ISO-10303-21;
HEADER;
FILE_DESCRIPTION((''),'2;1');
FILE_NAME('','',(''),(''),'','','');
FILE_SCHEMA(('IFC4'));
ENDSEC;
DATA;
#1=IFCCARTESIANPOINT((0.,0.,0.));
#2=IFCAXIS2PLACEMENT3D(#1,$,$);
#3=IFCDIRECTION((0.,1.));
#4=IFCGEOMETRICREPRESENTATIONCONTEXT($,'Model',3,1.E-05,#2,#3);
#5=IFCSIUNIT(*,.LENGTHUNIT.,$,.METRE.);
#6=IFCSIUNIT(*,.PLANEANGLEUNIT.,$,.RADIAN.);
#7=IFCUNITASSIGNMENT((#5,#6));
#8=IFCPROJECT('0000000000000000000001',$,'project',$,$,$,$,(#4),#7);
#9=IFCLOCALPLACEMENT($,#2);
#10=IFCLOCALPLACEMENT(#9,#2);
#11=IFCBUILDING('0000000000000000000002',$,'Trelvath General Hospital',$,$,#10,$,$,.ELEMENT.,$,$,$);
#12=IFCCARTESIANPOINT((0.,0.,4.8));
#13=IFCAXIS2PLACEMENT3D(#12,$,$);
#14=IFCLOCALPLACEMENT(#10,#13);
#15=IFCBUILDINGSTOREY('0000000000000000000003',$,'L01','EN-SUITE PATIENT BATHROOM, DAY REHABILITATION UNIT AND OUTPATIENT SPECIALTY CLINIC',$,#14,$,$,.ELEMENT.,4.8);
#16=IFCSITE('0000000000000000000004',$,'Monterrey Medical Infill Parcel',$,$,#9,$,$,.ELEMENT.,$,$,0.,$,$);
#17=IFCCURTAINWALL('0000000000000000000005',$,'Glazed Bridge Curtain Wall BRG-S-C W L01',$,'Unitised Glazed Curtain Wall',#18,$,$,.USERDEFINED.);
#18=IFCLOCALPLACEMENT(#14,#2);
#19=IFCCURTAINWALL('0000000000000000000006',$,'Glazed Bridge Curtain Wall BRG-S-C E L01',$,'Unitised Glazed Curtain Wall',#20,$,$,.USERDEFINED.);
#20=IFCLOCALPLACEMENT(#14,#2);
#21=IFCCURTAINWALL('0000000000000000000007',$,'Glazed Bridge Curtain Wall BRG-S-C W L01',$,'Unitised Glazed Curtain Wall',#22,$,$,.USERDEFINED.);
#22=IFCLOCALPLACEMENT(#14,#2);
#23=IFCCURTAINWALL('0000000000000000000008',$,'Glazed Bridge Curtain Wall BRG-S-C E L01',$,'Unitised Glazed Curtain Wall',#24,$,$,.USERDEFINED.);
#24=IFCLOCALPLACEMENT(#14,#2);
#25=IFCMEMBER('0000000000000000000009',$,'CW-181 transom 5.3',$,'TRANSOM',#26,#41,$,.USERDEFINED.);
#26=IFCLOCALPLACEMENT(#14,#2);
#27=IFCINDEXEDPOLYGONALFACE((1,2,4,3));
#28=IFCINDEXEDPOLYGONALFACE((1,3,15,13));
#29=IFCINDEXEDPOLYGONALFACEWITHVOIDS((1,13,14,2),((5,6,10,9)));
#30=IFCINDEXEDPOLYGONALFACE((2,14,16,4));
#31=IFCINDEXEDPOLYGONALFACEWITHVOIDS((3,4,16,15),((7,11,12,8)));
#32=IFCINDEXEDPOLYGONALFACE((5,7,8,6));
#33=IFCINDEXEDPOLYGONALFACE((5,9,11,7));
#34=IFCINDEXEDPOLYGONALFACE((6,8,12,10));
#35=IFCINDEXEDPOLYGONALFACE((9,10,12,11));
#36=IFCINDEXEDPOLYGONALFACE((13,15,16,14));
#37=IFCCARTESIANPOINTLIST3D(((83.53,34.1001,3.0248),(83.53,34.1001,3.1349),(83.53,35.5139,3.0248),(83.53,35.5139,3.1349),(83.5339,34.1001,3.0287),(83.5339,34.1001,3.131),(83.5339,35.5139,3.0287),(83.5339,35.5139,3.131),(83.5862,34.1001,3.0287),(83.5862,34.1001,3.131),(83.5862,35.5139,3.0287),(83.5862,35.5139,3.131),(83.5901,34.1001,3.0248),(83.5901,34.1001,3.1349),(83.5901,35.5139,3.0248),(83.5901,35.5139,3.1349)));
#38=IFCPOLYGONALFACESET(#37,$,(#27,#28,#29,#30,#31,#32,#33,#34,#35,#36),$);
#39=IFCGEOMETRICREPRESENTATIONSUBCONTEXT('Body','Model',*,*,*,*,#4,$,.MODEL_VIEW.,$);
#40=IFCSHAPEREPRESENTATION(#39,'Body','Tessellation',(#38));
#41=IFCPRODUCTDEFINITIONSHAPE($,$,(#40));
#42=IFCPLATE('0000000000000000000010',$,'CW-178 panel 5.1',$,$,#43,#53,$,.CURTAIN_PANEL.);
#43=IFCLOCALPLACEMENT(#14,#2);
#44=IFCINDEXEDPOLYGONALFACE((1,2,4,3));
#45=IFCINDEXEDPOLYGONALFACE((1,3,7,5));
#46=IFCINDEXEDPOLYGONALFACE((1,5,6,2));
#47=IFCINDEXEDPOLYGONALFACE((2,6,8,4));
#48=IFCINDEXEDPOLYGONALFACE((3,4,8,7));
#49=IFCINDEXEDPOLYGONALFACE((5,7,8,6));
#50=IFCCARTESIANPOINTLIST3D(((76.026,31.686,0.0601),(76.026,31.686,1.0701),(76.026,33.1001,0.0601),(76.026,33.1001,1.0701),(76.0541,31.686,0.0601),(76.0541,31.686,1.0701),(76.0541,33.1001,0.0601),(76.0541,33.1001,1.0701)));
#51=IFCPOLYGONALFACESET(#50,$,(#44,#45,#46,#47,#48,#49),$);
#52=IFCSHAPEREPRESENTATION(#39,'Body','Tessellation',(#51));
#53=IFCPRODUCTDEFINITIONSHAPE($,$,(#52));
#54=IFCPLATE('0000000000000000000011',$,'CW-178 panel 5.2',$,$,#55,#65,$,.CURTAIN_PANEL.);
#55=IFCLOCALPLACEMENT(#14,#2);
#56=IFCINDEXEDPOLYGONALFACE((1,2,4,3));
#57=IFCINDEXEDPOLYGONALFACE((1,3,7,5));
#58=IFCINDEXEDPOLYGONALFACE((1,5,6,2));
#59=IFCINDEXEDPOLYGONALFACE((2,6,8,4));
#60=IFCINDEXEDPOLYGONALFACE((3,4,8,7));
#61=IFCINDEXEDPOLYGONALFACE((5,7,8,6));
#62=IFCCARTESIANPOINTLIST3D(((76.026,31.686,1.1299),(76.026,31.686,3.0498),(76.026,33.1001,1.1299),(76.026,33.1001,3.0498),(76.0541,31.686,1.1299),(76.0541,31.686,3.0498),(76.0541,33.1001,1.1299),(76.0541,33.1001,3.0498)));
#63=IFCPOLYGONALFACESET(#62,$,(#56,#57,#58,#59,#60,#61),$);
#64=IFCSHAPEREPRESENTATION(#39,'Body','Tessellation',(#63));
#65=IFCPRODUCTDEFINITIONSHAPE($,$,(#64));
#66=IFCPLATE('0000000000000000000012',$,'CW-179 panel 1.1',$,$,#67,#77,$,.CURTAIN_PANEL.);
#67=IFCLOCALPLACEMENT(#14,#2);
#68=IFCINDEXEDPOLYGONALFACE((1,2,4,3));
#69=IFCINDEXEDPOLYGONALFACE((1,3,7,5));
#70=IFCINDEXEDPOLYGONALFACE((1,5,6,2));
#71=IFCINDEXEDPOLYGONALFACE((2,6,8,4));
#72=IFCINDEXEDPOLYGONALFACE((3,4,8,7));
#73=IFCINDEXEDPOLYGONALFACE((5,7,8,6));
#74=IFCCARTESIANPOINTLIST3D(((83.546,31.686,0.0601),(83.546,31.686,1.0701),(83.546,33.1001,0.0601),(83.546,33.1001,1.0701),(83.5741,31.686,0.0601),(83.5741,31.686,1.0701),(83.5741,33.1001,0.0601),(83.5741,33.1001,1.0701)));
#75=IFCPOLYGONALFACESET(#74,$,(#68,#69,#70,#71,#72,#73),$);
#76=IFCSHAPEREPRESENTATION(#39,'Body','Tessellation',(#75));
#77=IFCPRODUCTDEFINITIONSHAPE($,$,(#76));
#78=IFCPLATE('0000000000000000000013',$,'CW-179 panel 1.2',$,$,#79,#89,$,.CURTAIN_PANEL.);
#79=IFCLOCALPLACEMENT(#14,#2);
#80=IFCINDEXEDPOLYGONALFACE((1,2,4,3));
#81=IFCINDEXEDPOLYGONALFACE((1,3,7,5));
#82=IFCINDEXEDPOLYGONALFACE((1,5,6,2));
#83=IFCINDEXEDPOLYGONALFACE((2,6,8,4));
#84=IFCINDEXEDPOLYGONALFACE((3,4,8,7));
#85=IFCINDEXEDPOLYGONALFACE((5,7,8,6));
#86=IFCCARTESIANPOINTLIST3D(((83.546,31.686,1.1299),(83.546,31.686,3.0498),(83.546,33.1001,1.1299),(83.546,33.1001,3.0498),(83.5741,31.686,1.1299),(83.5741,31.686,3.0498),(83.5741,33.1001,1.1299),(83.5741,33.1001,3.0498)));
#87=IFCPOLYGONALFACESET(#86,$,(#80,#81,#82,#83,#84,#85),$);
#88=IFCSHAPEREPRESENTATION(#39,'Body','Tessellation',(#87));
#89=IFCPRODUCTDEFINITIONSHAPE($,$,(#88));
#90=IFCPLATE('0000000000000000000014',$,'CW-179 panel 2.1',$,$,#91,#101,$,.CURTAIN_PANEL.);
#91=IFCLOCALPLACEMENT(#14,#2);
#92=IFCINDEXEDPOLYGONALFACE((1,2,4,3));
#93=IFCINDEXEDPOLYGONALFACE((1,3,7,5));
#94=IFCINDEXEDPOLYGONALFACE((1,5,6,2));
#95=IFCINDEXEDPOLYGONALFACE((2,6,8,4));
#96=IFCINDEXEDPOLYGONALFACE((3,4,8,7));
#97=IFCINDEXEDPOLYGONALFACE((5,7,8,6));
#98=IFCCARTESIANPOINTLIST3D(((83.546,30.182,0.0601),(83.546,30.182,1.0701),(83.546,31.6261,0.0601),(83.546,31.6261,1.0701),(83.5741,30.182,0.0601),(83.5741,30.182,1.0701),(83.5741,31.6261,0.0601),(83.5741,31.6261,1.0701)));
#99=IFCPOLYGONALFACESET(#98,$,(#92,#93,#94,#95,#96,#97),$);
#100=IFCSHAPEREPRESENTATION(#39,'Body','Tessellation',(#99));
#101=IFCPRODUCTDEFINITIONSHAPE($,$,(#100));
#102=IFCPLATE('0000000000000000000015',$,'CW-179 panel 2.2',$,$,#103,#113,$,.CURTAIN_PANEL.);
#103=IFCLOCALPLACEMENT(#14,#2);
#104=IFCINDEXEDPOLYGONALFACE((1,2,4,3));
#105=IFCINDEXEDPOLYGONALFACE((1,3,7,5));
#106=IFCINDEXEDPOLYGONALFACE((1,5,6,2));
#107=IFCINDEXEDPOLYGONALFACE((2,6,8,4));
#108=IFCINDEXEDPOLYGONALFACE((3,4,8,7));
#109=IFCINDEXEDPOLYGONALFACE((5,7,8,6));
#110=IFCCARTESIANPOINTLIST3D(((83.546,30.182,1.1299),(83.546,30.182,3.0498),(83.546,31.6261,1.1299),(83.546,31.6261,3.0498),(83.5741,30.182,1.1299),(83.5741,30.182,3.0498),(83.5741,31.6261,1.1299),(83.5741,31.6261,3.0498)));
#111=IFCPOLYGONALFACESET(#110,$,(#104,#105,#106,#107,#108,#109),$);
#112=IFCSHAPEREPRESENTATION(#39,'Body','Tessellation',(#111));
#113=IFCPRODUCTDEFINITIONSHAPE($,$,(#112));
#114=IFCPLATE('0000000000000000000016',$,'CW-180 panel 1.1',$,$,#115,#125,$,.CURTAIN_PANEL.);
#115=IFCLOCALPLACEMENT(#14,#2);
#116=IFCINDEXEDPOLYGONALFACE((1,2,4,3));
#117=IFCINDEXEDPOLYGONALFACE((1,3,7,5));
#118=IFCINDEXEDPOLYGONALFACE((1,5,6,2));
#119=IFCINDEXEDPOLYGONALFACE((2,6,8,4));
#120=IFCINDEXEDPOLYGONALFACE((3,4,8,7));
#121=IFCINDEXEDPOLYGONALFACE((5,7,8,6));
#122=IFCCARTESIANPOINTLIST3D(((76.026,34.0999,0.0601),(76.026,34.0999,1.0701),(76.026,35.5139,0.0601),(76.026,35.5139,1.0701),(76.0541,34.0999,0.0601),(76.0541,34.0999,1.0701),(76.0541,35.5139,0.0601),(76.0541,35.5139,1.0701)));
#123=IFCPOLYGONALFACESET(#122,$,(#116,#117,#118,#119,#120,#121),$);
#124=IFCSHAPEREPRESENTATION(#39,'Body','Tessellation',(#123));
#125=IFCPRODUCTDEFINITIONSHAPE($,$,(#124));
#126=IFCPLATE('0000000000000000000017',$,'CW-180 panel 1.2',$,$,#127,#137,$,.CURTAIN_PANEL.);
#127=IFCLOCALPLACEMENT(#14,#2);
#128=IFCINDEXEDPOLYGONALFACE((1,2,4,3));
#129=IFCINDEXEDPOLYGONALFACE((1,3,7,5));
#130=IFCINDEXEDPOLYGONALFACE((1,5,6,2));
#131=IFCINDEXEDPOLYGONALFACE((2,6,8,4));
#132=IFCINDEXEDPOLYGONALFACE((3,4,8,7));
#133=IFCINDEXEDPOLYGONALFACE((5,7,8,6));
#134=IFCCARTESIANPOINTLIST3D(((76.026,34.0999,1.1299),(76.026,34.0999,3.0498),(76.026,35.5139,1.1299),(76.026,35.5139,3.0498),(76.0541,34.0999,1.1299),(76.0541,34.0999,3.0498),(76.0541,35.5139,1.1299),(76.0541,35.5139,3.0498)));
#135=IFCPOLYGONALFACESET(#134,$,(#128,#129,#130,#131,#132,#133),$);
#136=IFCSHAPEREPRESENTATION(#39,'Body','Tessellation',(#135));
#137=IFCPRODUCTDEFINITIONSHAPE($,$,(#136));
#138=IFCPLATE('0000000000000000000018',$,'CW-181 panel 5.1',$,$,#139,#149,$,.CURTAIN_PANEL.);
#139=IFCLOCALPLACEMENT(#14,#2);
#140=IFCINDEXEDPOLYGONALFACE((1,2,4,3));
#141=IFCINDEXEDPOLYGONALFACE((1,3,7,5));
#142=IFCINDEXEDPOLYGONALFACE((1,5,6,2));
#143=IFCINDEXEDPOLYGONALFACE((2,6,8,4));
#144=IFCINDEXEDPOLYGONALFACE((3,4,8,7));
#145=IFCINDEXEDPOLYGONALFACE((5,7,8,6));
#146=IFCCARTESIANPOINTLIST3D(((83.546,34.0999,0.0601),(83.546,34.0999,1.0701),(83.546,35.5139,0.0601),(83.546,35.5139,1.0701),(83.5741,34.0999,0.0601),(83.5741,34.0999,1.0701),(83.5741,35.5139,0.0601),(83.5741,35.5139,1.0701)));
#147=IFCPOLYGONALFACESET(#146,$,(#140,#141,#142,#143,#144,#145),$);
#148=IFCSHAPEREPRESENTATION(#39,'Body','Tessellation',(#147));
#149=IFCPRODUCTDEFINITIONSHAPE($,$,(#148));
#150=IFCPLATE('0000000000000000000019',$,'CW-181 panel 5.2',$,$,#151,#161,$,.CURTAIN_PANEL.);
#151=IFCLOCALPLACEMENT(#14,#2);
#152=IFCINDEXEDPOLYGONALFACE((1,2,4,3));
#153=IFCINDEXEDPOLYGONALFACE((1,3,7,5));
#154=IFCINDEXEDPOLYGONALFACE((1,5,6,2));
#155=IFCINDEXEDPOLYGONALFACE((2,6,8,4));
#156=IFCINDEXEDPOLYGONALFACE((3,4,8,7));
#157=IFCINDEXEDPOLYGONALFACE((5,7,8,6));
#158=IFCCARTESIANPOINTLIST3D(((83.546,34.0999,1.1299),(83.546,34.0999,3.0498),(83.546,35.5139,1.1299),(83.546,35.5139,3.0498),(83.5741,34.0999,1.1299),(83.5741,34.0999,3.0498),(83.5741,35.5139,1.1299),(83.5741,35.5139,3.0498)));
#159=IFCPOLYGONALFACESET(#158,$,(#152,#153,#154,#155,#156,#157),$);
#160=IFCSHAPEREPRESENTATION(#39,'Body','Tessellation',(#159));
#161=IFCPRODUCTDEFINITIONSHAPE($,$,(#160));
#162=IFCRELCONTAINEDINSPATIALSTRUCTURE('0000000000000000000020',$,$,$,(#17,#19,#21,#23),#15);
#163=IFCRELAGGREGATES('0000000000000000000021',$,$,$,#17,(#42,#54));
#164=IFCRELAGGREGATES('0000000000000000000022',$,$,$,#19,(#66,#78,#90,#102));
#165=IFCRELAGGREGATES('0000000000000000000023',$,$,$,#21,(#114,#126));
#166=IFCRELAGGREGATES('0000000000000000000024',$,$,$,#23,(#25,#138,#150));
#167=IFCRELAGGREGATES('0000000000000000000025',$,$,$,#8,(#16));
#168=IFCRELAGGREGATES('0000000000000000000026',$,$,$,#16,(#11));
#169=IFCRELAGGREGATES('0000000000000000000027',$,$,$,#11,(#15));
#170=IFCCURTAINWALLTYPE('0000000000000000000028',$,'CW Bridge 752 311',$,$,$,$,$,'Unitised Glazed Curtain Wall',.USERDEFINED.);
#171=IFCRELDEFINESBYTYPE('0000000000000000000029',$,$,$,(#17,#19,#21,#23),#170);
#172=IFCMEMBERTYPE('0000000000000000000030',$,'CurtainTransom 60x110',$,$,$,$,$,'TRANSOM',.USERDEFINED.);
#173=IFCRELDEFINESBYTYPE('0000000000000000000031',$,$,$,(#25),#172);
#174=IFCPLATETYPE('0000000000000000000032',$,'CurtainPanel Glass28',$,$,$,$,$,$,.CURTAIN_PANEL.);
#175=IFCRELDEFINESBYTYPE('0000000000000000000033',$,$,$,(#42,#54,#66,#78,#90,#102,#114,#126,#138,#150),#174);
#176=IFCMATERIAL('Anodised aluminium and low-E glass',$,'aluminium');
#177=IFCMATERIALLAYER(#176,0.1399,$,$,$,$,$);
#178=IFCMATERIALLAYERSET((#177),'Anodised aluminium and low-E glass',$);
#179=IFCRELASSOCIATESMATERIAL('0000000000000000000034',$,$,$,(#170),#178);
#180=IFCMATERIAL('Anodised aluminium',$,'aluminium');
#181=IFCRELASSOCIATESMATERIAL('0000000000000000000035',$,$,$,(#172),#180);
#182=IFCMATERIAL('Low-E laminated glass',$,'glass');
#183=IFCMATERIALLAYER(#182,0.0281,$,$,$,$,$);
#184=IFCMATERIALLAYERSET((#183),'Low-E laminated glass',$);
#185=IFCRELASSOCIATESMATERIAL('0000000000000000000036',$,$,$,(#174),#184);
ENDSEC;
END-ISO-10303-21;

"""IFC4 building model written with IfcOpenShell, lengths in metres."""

from ifc_helpers import new_model, si_unit, direction, frame, origin, origin_2d, place, context, subcontext, project, spatial, rectangle, hollow_rectangle, extrude, material, layer, layer_set, material_profile, profile_set, type_object, element, aggregate, save


model = new_model("IFC4")

# Units and contexts
model_context = context("Model", 3, precision=1e-05, world=origin(), true_north=direction((0.0, 1.0)))
body_context = subcontext(model_context, "Body", "Model", "MODEL_VIEW")
ifc_project = project(units=[si_unit("LENGTHUNIT", "METRE"), si_unit("PLANEANGLEUNIT", "RADIAN")], contexts=[model_context])

# Site, building, storey
site_placement = place(None, origin())
site = spatial("IfcSite", under=ifc_project, at=site_placement, Name="Monterrey Medical Infill Parcel", CompositionType="ELEMENT", RefElevation=0.0)
building_placement = place(site_placement, origin())
building = spatial("IfcBuilding", under=site, at=building_placement, Name="Trelvath General Hospital", CompositionType="ELEMENT")
storey_placement = place(building_placement, frame((0.0, 0.0, 4.8)))
storey = spatial("IfcBuildingStorey", under=building, at=storey_placement, Name="L01", Description="EN-SUITE PATIENT BATHROOM, DAY REHABILITATION UNIT AND OUTPATIENT SPECIALTY CLINIC", CompositionType="ELEMENT", Elevation=4.8)

# Curtain wall
ifc_material_1 = material(Name="Anodised aluminium and low-E glass", Category="aluminium")
ifc_layer_1 = layer(ifc_material_1, 0.1399)
ifc_layer_set_1 = layer_set([ifc_layer_1], Name="Anodised aluminium and low-E glass")
curtain_wall_type = type_object("IfcCurtainWallType", Name="CW Bridge 752 311", ElementType="Unitised Glazed Curtain Wall", PredefinedType="USERDEFINED", material=ifc_layer_set_1)
curtain_wall_1_placement = place(storey_placement, origin())
curtain_wall_1 = element("IfcCurtainWall", 1, at=curtain_wall_1_placement, inside=storey, type_object=curtain_wall_type, Name="Glazed Bridge Curtain Wall BRG-S-C W L01", ObjectType="Unitised Glazed Curtain Wall", PredefinedType="USERDEFINED")

# Curtain walls
curtain_wall_2_placement = place(storey_placement, origin())
curtain_wall_2 = element("IfcCurtainWall", 2, at=curtain_wall_2_placement, inside=storey, type_object=curtain_wall_type, Name="Glazed Bridge Curtain Wall BRG-S-C E L01", ObjectType="Unitised Glazed Curtain Wall", PredefinedType="USERDEFINED")
curtain_wall_3_placement = place(storey_placement, origin())
curtain_wall_3 = element("IfcCurtainWall", 3, at=curtain_wall_3_placement, inside=storey, type_object=curtain_wall_type, Name="Glazed Bridge Curtain Wall BRG-S-C W L01", ObjectType="Unitised Glazed Curtain Wall", PredefinedType="USERDEFINED")
curtain_wall_4_placement = place(storey_placement, origin())
curtain_wall_4 = element("IfcCurtainWall", 4, at=curtain_wall_4_placement, inside=storey, type_object=curtain_wall_type, Name="Glazed Bridge Curtain Wall BRG-S-C E L01", ObjectType="Unitised Glazed Curtain Wall", PredefinedType="USERDEFINED")

# Member
ifc_material_2 = material(Name="Anodised aluminium", Category="aluminium")
ifc_material_profile_1 = material_profile(ifc_material_2, hollow_rectangle(XDim=0.0601, YDim=0.1101, WallThickness=0.0039, at=origin_2d()), Name="RHS60x110x4")
ifc_profile_set_1 = profile_set([ifc_material_profile_1], Name="Anodised aluminium")
member_type_1 = type_object("IfcMemberType", Name="CurtainTransom 60x110", ElementType="TRANSOM", PredefinedType="USERDEFINED", material=ifc_profile_set_1)
member_1_placement = place(storey_placement, frame((83.5601, 35.5139, 3.0798), z_axis=(0.0, -1.0, 0.0), x_axis=(1.0, 0.0, 0.0)))
member_1 = element("IfcMember", 5, at=member_1_placement, type_object=member_type_1, Name="CW-181 transom 5.3", ObjectType="TRANSOM", PredefinedType="USERDEFINED", context=body_context, shape_type="SweptSolid", body=[
    extrude(hollow_rectangle(XDim=0.0601, YDim=0.1101, WallThickness=0.0039, at=origin_2d()), origin(), (0.0, 0.0, 1.0), 1.4138),
])

# Plates
ifc_material_3 = material(Name="Low-E laminated glass", Category="glass")
ifc_layer_2 = layer(ifc_material_3, 0.0281)
ifc_layer_set_2 = layer_set([ifc_layer_2], Name="Low-E laminated glass")
plate_type = type_object("IfcPlateType", Name="CurtainPanel Glass28", PredefinedType="CURTAIN_PANEL", material=ifc_layer_set_2)
plate_1_placement = place(storey_placement, frame((76.04, 32.3931, 0.0601), z_axis=(0.0, 0.0, 1.0), x_axis=(0.0, 1.0, 0.0)))
plate_1 = element("IfcPlate", 6, at=plate_1_placement, type_object=plate_type, Name="CW-178 panel 5.1", PredefinedType="CURTAIN_PANEL", context=body_context, shape_type="SweptSolid", body=[
    extrude(rectangle(XDim=1.4141, YDim=0.0281, at=origin_2d()), origin(), (0.0, 0.0, 1.0), 1.01),
])
plate_2_placement = place(storey_placement, frame((76.04, 32.3931, 1.1299), z_axis=(0.0, 0.0, 1.0), x_axis=(0.0, 1.0, 0.0)))
plate_2 = element("IfcPlate", 7, at=plate_2_placement, type_object=plate_type, Name="CW-178 panel 5.2", PredefinedType="CURTAIN_PANEL", context=body_context, shape_type="SweptSolid", body=[
    extrude(rectangle(XDim=1.4141, YDim=0.0281, at=origin_2d()), origin(), (0.0, 0.0, 1.0), 1.9199),
])
aggregate(curtain_wall_1, [plate_1, plate_2])
plate_3_placement = place(storey_placement, frame((83.5601, 32.3931, 0.0601), z_axis=(0.0, 0.0, 1.0), x_axis=(0.0, -1.0, 0.0)))
plate_3 = element("IfcPlate", 8, at=plate_3_placement, type_object=plate_type, Name="CW-179 panel 1.1", PredefinedType="CURTAIN_PANEL", context=body_context, shape_type="SweptSolid", body=[
    extrude(rectangle(XDim=1.4141, YDim=0.0281, at=origin_2d()), origin(), (0.0, 0.0, 1.0), 1.01),
])
plate_4_placement = place(storey_placement, frame((83.5601, 32.3931, 1.1299), z_axis=(0.0, 0.0, 1.0), x_axis=(0.0, -1.0, 0.0)))
plate_4 = element("IfcPlate", 9, at=plate_4_placement, type_object=plate_type, Name="CW-179 panel 1.2", PredefinedType="CURTAIN_PANEL", context=body_context, shape_type="SweptSolid", body=[
    extrude(rectangle(XDim=1.4141, YDim=0.0281, at=origin_2d()), origin(), (0.0, 0.0, 1.0), 1.9199),
])
plate_5_placement = place(storey_placement, frame((83.5601, 30.9041, 0.0601), z_axis=(0.0, 0.0, 1.0), x_axis=(0.0, -1.0, 0.0)))
plate_5 = element("IfcPlate", 10, at=plate_5_placement, type_object=plate_type, Name="CW-179 panel 2.1", PredefinedType="CURTAIN_PANEL", context=body_context, shape_type="SweptSolid", body=[
    extrude(rectangle(XDim=1.4441, YDim=0.0281, at=origin_2d()), origin(), (0.0, 0.0, 1.0), 1.01),
])
plate_6_placement = place(storey_placement, frame((83.5601, 30.9041, 1.1299), z_axis=(0.0, 0.0, 1.0), x_axis=(0.0, -1.0, 0.0)))
plate_6 = element("IfcPlate", 11, at=plate_6_placement, type_object=plate_type, Name="CW-179 panel 2.2", PredefinedType="CURTAIN_PANEL", context=body_context, shape_type="SweptSolid", body=[
    extrude(rectangle(XDim=1.4441, YDim=0.0281, at=origin_2d()), origin(), (0.0, 0.0, 1.0), 1.9199),
])
aggregate(curtain_wall_2, [plate_3, plate_4, plate_5, plate_6])
plate_7_placement = place(storey_placement, frame((76.04, 34.8069, 0.0601), z_axis=(0.0, 0.0, 1.0), x_axis=(0.0, 1.0, 0.0)))
plate_7 = element("IfcPlate", 12, at=plate_7_placement, type_object=plate_type, Name="CW-180 panel 1.1", PredefinedType="CURTAIN_PANEL", context=body_context, shape_type="SweptSolid", body=[
    extrude(rectangle(XDim=1.4141, YDim=0.0281, at=origin_2d()), origin(), (0.0, 0.0, 1.0), 1.01),
])
plate_8_placement = place(storey_placement, frame((76.04, 34.8069, 1.1299), z_axis=(0.0, 0.0, 1.0), x_axis=(0.0, 1.0, 0.0)))
plate_8 = element("IfcPlate", 13, at=plate_8_placement, type_object=plate_type, Name="CW-180 panel 1.2", PredefinedType="CURTAIN_PANEL", context=body_context, shape_type="SweptSolid", body=[
    extrude(rectangle(XDim=1.4141, YDim=0.0281, at=origin_2d()), origin(), (0.0, 0.0, 1.0), 1.9199),
])
aggregate(curtain_wall_3, [plate_7, plate_8])
plate_9_placement = place(storey_placement, frame((83.5601, 34.8069, 0.0601), z_axis=(0.0, 0.0, 1.0), x_axis=(0.0, -1.0, 0.0)))
plate_9 = element("IfcPlate", 14, at=plate_9_placement, type_object=plate_type, Name="CW-181 panel 5.1", PredefinedType="CURTAIN_PANEL", context=body_context, shape_type="SweptSolid", body=[
    extrude(rectangle(XDim=1.4141, YDim=0.0281, at=origin_2d()), origin(), (0.0, 0.0, 1.0), 1.01),
])
plate_10_placement = place(storey_placement, frame((83.5601, 34.8069, 1.1299), z_axis=(0.0, 0.0, 1.0), x_axis=(0.0, -1.0, 0.0)))
plate_10 = element("IfcPlate", 15, at=plate_10_placement, type_object=plate_type, Name="CW-181 panel 5.2", PredefinedType="CURTAIN_PANEL", context=body_context, shape_type="SweptSolid", body=[
    extrude(rectangle(XDim=1.4141, YDim=0.0281, at=origin_2d()), origin(), (0.0, 0.0, 1.0), 1.9199),
])
aggregate(curtain_wall_4, [member_1, plate_9, plate_10])

save(model, "model.ifc")
